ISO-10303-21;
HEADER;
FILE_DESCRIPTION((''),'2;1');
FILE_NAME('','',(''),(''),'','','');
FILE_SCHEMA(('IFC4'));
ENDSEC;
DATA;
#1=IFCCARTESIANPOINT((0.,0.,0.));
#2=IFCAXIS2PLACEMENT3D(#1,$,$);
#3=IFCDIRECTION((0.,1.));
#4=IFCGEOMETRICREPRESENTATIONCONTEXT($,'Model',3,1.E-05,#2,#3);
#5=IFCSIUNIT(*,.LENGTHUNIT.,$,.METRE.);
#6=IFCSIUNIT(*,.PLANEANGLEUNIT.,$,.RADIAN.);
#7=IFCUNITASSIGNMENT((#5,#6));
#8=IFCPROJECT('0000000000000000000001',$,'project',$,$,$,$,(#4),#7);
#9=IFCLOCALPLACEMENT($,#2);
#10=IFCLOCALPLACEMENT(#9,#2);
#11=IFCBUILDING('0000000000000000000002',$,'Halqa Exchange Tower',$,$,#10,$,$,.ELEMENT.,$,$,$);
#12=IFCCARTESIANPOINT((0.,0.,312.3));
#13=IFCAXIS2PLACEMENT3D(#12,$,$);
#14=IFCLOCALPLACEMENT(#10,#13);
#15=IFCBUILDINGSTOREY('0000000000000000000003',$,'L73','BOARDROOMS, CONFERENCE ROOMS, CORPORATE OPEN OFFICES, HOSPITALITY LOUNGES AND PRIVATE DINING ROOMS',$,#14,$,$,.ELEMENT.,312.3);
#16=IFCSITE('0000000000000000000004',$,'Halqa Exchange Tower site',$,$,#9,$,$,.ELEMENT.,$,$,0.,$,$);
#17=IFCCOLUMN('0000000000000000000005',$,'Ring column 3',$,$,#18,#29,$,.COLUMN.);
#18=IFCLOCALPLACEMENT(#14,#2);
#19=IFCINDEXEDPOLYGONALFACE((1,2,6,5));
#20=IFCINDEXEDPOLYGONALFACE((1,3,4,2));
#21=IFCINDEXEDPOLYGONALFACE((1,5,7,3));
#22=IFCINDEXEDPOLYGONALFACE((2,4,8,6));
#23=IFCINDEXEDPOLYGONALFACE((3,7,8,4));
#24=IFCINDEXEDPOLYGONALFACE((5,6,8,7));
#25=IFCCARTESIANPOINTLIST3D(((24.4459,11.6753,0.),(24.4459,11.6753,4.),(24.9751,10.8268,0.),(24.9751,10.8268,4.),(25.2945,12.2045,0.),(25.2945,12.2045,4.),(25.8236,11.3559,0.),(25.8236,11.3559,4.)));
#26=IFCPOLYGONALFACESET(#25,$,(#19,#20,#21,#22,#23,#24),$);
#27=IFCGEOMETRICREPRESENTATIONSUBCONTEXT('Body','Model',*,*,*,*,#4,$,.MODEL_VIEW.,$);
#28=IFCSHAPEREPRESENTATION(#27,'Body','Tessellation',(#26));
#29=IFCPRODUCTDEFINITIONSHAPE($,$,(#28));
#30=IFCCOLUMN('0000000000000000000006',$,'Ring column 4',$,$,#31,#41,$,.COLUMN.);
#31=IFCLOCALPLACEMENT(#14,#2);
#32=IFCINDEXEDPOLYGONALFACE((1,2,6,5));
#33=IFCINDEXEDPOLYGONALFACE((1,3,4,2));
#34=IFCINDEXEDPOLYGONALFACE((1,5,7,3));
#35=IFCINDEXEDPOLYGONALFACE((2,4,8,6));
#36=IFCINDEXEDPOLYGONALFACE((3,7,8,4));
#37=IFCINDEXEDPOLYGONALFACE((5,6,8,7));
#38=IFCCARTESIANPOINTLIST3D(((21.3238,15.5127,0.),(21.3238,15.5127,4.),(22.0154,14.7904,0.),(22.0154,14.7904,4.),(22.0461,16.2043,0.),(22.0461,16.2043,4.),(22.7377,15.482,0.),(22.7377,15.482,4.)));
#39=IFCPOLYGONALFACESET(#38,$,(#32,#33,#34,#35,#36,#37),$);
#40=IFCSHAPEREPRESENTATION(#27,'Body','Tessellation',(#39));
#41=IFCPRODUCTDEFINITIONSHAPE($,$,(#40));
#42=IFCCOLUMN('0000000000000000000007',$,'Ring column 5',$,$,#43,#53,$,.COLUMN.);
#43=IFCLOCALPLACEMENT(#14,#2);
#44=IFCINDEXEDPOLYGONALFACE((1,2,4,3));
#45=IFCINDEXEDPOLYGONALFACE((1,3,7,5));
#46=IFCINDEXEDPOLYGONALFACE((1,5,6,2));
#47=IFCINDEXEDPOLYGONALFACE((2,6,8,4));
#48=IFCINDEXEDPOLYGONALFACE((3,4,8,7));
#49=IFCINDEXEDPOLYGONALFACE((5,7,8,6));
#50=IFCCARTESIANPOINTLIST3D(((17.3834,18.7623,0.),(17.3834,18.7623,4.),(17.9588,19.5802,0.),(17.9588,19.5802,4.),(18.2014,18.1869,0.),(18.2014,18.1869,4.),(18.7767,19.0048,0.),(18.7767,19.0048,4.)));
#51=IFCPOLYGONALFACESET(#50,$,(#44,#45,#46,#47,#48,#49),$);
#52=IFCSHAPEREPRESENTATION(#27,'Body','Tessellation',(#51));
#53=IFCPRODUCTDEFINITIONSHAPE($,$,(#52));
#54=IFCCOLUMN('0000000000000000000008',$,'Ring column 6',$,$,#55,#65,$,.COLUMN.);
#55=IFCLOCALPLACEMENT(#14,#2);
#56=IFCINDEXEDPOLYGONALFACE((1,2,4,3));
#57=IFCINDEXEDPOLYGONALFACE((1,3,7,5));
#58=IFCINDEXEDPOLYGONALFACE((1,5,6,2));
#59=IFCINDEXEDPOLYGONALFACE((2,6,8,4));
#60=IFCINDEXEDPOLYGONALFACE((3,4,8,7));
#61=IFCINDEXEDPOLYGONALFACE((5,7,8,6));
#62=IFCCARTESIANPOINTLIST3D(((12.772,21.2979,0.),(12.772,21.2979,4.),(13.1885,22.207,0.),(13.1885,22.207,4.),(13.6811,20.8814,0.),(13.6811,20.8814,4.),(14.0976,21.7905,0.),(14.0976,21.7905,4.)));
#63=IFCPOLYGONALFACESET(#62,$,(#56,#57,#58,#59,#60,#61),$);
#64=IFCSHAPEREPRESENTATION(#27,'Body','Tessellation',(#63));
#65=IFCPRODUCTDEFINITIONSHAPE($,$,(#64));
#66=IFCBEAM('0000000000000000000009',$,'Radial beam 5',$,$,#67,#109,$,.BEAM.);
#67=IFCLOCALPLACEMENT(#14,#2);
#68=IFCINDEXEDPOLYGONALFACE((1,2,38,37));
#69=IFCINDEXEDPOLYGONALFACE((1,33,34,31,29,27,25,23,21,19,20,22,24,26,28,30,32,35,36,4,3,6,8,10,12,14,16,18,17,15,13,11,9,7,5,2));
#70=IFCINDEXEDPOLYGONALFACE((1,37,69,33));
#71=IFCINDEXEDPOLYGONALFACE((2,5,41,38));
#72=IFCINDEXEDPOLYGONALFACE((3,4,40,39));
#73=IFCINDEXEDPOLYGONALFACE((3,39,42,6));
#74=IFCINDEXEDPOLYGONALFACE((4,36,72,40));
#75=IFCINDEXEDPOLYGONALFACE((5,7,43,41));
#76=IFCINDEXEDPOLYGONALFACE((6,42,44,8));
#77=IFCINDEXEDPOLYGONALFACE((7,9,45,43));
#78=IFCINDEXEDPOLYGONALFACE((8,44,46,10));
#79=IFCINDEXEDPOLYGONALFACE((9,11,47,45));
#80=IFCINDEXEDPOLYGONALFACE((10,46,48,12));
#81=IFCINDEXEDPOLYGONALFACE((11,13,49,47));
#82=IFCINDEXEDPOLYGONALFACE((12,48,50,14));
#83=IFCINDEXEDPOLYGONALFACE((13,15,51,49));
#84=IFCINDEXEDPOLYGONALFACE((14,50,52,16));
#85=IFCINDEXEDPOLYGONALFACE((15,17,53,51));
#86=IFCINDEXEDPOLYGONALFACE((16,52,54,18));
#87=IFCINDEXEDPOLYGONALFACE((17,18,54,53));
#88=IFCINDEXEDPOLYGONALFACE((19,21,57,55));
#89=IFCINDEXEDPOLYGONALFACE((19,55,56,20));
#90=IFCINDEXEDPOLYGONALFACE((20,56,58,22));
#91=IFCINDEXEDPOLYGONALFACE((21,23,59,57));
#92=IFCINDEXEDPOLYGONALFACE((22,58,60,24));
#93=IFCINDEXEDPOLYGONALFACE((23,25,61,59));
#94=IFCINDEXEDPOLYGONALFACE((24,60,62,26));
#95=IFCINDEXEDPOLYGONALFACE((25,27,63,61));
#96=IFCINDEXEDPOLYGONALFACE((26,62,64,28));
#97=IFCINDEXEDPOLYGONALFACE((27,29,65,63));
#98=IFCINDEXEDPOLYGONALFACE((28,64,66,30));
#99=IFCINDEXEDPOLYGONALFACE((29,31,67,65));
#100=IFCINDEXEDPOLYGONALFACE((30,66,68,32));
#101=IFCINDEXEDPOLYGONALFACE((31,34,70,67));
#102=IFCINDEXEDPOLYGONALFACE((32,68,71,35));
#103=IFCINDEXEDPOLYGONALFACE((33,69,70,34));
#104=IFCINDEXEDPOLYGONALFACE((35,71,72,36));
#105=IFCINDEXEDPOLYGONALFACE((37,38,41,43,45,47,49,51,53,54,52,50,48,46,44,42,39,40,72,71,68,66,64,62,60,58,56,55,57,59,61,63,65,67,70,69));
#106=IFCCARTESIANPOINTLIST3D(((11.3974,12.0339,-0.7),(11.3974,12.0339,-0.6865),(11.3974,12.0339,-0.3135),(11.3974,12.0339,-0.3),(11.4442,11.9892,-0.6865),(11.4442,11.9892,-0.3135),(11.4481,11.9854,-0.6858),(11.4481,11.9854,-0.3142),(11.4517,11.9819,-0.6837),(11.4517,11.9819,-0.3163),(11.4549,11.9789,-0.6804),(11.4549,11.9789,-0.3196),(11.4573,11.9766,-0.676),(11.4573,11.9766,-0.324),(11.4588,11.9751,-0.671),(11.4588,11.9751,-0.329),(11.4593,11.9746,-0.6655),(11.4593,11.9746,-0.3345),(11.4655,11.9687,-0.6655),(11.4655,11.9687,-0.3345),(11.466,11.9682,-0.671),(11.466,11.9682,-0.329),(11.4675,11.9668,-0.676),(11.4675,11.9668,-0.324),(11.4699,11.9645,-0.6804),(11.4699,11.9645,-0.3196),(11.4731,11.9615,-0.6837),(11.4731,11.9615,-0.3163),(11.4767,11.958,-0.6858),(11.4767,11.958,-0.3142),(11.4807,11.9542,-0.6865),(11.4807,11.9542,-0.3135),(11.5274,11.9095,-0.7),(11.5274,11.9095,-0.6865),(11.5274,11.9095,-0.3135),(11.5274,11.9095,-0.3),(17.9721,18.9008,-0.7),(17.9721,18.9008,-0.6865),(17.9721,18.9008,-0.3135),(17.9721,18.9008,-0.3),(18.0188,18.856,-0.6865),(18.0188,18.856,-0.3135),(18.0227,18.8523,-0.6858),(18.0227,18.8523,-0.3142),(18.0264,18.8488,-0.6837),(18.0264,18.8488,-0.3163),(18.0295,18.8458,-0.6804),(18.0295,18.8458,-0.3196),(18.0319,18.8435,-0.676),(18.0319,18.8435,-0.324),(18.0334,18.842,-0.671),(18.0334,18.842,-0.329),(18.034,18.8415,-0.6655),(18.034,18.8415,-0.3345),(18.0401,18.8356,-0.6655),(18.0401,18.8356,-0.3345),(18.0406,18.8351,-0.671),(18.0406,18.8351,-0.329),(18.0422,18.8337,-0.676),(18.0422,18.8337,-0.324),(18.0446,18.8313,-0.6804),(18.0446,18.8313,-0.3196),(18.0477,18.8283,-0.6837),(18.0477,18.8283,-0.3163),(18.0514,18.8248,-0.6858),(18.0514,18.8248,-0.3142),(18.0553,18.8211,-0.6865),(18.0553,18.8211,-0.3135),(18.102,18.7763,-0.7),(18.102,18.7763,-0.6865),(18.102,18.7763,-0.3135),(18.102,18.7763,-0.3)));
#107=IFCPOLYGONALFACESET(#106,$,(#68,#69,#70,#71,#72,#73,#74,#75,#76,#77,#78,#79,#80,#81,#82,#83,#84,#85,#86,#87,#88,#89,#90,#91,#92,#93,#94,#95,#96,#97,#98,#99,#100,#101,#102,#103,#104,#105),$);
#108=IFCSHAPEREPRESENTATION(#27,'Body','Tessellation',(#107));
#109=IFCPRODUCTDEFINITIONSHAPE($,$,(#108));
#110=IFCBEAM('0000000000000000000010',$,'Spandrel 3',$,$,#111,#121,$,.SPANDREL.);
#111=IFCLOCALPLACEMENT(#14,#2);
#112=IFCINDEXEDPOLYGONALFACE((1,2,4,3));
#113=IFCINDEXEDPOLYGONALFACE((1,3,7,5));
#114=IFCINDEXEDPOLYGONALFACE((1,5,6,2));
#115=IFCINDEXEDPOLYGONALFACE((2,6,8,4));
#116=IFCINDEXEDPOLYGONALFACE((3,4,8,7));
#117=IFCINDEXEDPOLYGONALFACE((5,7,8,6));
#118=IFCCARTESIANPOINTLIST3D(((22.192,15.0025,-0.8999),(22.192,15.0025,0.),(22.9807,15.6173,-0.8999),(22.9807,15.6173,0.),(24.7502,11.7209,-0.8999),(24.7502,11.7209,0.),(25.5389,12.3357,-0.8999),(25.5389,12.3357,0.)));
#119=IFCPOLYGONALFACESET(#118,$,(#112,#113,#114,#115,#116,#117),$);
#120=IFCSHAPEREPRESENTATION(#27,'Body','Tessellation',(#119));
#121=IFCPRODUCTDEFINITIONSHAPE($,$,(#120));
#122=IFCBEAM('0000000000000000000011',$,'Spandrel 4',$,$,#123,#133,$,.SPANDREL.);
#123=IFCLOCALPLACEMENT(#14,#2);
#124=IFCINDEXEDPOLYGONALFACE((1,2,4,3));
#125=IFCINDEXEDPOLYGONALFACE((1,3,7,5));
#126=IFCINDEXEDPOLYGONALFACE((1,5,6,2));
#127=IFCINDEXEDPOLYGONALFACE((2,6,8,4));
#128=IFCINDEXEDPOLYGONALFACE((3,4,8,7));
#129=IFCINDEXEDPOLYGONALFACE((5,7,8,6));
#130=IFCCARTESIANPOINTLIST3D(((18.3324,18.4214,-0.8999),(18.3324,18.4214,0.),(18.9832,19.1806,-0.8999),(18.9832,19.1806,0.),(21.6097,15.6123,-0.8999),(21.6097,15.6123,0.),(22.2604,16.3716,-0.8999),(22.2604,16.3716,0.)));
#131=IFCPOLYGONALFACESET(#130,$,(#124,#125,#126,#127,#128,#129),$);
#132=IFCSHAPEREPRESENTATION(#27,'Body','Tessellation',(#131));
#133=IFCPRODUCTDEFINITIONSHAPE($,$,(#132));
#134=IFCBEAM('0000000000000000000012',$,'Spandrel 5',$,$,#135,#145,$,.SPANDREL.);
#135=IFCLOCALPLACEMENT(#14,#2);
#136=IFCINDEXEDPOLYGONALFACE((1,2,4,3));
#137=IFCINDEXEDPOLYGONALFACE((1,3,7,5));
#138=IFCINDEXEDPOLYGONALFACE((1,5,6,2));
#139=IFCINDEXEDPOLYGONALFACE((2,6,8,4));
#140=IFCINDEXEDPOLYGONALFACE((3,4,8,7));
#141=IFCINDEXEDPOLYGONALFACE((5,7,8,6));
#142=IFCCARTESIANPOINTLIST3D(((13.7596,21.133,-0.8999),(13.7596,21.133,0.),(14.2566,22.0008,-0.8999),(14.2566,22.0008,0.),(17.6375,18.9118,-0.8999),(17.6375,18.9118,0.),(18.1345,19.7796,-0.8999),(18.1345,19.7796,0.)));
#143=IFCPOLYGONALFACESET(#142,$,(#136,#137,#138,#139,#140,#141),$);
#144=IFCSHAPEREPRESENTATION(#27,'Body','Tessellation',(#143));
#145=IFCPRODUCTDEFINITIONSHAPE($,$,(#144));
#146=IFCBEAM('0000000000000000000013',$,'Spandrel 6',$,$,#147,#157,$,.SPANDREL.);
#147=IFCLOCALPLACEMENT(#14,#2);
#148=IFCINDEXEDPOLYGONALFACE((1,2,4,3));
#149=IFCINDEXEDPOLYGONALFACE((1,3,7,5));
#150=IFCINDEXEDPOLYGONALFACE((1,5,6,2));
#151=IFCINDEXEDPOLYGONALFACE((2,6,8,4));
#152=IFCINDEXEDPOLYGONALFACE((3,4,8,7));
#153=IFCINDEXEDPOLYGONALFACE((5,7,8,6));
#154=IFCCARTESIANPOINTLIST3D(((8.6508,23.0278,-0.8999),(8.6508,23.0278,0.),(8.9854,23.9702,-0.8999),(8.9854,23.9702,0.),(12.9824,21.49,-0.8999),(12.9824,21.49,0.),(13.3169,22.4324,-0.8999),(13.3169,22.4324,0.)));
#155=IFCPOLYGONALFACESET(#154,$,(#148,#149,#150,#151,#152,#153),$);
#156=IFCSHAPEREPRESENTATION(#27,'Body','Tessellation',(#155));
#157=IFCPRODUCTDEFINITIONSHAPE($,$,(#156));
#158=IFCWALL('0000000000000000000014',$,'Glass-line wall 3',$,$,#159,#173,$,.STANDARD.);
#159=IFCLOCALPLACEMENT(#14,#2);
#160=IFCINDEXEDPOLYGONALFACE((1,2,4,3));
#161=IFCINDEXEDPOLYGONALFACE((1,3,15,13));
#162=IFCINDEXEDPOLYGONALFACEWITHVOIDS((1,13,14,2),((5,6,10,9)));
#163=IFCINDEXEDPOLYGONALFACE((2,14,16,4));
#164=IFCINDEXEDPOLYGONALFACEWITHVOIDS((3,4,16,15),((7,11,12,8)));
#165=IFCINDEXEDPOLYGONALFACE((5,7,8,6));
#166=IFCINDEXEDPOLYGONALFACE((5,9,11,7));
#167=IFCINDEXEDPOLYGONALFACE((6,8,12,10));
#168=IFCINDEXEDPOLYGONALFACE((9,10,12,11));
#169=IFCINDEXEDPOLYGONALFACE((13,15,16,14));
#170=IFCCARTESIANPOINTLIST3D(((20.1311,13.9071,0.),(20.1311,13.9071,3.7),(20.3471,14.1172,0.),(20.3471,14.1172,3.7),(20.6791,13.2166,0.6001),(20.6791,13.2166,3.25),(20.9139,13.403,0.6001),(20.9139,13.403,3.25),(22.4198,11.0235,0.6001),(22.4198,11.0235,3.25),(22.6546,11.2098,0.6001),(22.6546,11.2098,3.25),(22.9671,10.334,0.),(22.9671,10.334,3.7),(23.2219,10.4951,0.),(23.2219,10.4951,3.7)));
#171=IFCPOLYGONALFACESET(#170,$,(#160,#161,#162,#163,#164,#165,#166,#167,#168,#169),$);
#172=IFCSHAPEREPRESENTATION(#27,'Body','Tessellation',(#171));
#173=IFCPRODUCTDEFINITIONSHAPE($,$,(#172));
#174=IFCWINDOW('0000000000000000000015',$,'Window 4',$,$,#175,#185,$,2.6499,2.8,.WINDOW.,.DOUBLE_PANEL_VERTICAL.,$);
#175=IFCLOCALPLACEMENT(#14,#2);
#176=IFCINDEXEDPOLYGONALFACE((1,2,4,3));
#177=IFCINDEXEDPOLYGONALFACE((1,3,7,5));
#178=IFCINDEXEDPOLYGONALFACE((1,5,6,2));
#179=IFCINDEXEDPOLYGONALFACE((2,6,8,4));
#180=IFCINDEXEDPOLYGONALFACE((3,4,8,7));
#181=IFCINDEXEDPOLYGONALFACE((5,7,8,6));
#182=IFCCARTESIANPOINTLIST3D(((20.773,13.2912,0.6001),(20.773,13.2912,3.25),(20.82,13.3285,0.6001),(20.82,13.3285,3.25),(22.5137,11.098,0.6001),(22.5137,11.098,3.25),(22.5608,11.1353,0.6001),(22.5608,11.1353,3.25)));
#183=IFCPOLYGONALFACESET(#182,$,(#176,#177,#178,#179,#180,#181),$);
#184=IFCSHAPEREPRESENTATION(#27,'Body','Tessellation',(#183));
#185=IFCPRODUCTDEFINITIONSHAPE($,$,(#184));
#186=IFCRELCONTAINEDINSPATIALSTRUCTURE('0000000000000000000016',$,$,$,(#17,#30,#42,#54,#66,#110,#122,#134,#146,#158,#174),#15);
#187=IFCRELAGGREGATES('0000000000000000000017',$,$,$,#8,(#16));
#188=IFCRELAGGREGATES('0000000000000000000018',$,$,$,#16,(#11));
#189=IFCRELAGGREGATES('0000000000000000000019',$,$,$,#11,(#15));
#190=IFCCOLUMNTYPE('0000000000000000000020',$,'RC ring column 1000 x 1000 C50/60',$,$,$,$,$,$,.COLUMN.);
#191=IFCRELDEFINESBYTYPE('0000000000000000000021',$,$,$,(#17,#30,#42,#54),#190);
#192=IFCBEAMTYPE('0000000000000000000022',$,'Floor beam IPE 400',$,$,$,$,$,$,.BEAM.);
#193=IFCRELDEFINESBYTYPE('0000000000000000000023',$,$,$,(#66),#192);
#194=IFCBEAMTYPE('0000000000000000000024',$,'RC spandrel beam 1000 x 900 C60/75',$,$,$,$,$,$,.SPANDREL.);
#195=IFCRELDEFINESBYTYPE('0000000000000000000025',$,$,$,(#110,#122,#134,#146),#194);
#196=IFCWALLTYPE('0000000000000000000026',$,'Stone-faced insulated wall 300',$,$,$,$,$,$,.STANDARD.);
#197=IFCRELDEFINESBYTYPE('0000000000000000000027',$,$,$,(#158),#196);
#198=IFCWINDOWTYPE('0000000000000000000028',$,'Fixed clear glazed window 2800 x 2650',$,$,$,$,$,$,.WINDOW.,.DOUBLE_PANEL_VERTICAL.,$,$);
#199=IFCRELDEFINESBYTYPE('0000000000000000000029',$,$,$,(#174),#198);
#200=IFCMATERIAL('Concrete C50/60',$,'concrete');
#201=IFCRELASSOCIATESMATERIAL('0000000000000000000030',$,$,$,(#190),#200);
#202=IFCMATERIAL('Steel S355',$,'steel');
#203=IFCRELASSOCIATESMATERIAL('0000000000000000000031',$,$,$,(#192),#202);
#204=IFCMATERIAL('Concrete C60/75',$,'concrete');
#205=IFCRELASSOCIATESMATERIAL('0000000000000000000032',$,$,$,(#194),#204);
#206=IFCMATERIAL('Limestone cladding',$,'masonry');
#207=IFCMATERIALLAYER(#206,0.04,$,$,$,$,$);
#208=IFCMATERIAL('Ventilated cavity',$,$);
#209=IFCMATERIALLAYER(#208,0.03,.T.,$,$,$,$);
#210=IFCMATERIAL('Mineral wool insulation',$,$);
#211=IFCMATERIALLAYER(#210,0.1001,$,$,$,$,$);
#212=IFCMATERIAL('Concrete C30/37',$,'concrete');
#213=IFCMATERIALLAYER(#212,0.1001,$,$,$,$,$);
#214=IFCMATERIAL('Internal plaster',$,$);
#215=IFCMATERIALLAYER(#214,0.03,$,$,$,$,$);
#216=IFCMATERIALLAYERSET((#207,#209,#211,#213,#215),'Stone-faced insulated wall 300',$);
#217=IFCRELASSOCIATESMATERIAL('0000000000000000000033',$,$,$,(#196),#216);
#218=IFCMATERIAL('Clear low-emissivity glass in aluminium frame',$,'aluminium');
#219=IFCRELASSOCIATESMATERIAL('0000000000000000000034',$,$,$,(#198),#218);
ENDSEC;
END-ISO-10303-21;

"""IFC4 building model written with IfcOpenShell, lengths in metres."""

from ifc_helpers import new_model, si_unit, direction, frame, frame_2d, origin, origin_2d, place, context, subcontext, project, spatial, polyline, rectangle, i_section, outline, extrude, material, layer, layer_set, material_profile, profile_set, type_object, element, fill, save


model = new_model("IFC4")

# Units and contexts
model_context = context("Model", 3, precision=1e-05, world=origin(), true_north=direction((0.0, 1.0)))
body_context = subcontext(model_context, "Body", "Model", "MODEL_VIEW")
ifc_project = project(units=[si_unit("LENGTHUNIT", "METRE"), si_unit("PLANEANGLEUNIT", "RADIAN")], contexts=[model_context])

# Site, building, storey
site_placement = place(None, origin())
site = spatial("IfcSite", under=ifc_project, at=site_placement, Name="Halqa Exchange Tower site", CompositionType="ELEMENT", RefElevation=0.0)
building_placement = place(site_placement, origin())
building = spatial("IfcBuilding", under=site, at=building_placement, Name="Halqa Exchange Tower", CompositionType="ELEMENT")
storey_placement = place(building_placement, frame((0.0, 0.0, 312.3)))
storey = spatial("IfcBuildingStorey", under=building, at=storey_placement, Name="L73", Description="BOARDROOMS, CONFERENCE ROOMS, CORPORATE OPEN OFFICES, HOSPITALITY LOUNGES AND PRIVATE DINING ROOMS", CompositionType="ELEMENT", Elevation=312.3)

# Columns
ifc_material_1 = material(Name="Concrete C50/60", Category="concrete")
ifc_material_profile_1 = material_profile(ifc_material_1, rectangle(XDim=1.0, YDim=1.0, at=origin_2d()), Name="1000 x 1000")
ifc_profile_set_1 = profile_set([ifc_material_profile_1], Name="Concrete C50/60")
column_type = type_object("IfcColumnType", Name="RC ring column 1000 x 1000 C50/60", PredefinedType="COLUMN", material=ifc_profile_set_1)
for number, where, z_axis, x_axis, name in (
    (1, (25.1348, 11.5156, 0.0), (0.0, 0.0, 1.0), (-0.52914, 0.848534, 0.0), "Ring column 3"),
    (2, (22.0308, 15.4973, 0.0), (0.0, 0.0, 1.0), (-0.691579, 0.722301, 0.0), "Ring column 4"),
    (3, (18.0801, 18.8835, 0.0), (0.0, 0.0, 1.0), (-0.817907, 0.575351, 0.0), "Ring column 5"),
    (4, (13.4348, 21.5442, 0.0), (0.0, 0.0, 1.0), (-0.909129, 0.416516, 0.0), "Ring column 6"),
):
    element("IfcColumn", number, at=place(storey_placement, frame(where, z_axis=z_axis, x_axis=x_axis)), inside=storey, type_object=column_type, Name=name, PredefinedType="COLUMN", context=body_context, shape_type="SweptSolid", body=[
        extrude(rectangle(XDim=1.0, YDim=1.0, at=origin_2d()), origin(), (0.0, 0.0, 1.0), 4.0),
    ])

# Beams
ifc_material_2 = material(Name="Steel S355", Category="steel")
ifc_material_profile_2 = material_profile(ifc_material_2, i_section(OverallWidth=0.1799, OverallDepth=0.3999, WebThickness=0.0085, FlangeThickness=0.0134, FilletRadius=0.021, at=origin_2d()), Name="IPE 400")
ifc_profile_set_2 = profile_set([ifc_material_profile_2], Name="Steel S355")
beam_type_1 = type_object("IfcBeamType", Name="Floor beam IPE 400", PredefinedType="BEAM", material=ifc_profile_set_2)
beam_1_placement = place(storey_placement, frame((11.4624, 11.9717, -0.5), z_axis=(0.69157, 0.722309, 0.0), x_axis=(-0.722309, 0.69157, 0.0)))
element("IfcBeam", 5, at=beam_1_placement, inside=storey, type_object=beam_type_1, Name="Radial beam 5", PredefinedType="BEAM", context=body_context, shape_type="SweptSolid", body=[
    extrude(i_section(OverallWidth=0.1799, OverallDepth=0.3999, WebThickness=0.0085, FlangeThickness=0.0134, FilletRadius=0.021, at=origin_2d()), origin(), (0.0, 0.0, 1.0), 9.5068),
])
ifc_material_3 = material(Name="Concrete C60/75", Category="concrete")
ifc_material_profile_3 = material_profile(ifc_material_3, rectangle(XDim=1.0, YDim=0.8999, at=origin_2d()), Name="1000 x 900")
ifc_profile_set_3 = profile_set([ifc_material_profile_3], Name="Concrete C60/75")
beam_type_2 = type_object("IfcBeamType", Name="RC spandrel beam 1000 x 900 C60/75", PredefinedType="SPANDREL", material=ifc_profile_set_3)
beam_2_placement = place(storey_placement, frame((25.1445, 12.0283, -0.45), z_axis=(-0.614814, 0.788672, 0.0), x_axis=(-0.788672, -0.614814, 0.0)))
element("IfcBeam", 6, at=beam_2_placement, inside=storey, type_object=beam_type_2, Name="Spandrel 3", PredefinedType="SPANDREL", context=body_context, shape_type="SweptSolid", body=[
    extrude(rectangle(XDim=1.0, YDim=0.8999, at=origin_2d()), origin(), (0.0, 0.0, 1.0), 4.1609),
])
beam_3_placement = place(storey_placement, frame((21.9351, 15.9919, -0.45), z_axis=(-0.759265, 0.650782, 0.0), x_axis=(-0.650782, -0.759265, 0.0)))
element("IfcBeam", 7, at=beam_3_placement, inside=storey, type_object=beam_type_2, Name="Spandrel 4", PredefinedType="SPANDREL", context=body_context, shape_type="SweptSolid", body=[
    extrude(rectangle(XDim=1.0, YDim=0.8999, at=origin_2d()), origin(), (0.0, 0.0, 1.0), 4.3164),
])
beam_4_placement = place(storey_placement, frame((17.886, 19.3457, -0.45), z_axis=(-0.867738, 0.497021, 0.0), x_axis=(-0.497021, -0.867738, 0.0)))
element("IfcBeam", 8, at=beam_4_placement, inside=storey, type_object=beam_type_2, Name="Spandrel 5", PredefinedType="SPANDREL", context=body_context, shape_type="SweptSolid", body=[
    extrude(rectangle(XDim=1.0, YDim=0.8999, at=origin_2d()), origin(), (0.0, 0.0, 1.0), 4.469),
])
beam_5_placement = place(storey_placement, frame((13.1497, 21.9612, -0.45), z_axis=(-0.94237, 0.334573, 0.0), x_axis=(-0.334573, -0.94237, 0.0)))
element("IfcBeam", 9, at=beam_5_placement, inside=storey, type_object=beam_type_2, Name="Spandrel 6", PredefinedType="SPANDREL", context=body_context, shape_type="SweptSolid", body=[
    extrude(rectangle(XDim=1.0, YDim=0.8999, at=origin_2d()), origin(), (0.0, 0.0, 1.0), 4.5964),
])

# Wall, opening, window
ifc_material_4 = material(Name="Limestone cladding", Category="masonry")
ifc_layer_1 = layer(ifc_material_4, 0.04)
ifc_material_5 = material(Name="Ventilated cavity")
ifc_layer_2 = layer(ifc_material_5, 0.03, ventilated=True)
ifc_material_6 = material(Name="Mineral wool insulation")
ifc_layer_3 = layer(ifc_material_6, 0.1001)
ifc_material_7 = material(Name="Concrete C30/37", Category="concrete")
ifc_layer_4 = layer(ifc_material_7, 0.1001)
ifc_material_8 = material(Name="Internal plaster")
ifc_layer_5 = layer(ifc_material_8, 0.03)
ifc_layer_set = layer_set([ifc_layer_1, ifc_layer_2, ifc_layer_3, ifc_layer_4, ifc_layer_5], Name="Stone-faced insulated wall 300")
wall_type = type_object("IfcWallType", Name="Stone-faced insulated wall 300", PredefinedType="STANDARD", material=ifc_layer_set)
wall_1_placement = place(storey_placement, frame((23.0945, 10.4146, 0.0), z_axis=(0.0, 0.0, 1.0), x_axis=(-0.621683, 0.783269, 0.0)))
wall_1 = element("IfcWall", 10, at=wall_1_placement, inside=storey, type_object=wall_type, Name="Glass-line wall 3", PredefinedType="STANDARD", context=body_context, shape_type="SweptSolid", body=[
    extrude(outline(polyline([(-0.0161, -0.1499), (4.6082, -0.1499), (4.5779, 0.1499), (0.0161, 0.1499), (-0.0161, -0.1499)])), origin(), (0.0, 0.0, 1.0), 3.7),
])
opening_1_placement = place(wall_1_placement, frame((0.8965, 0.0, 0.6001)))
opening_1 = element("IfcOpeningElement", 11, at=opening_1_placement, cuts=wall_1, PredefinedType="OPENING", context=body_context, shape_type="SweptSolid", body=[
    extrude(rectangle(XDim=2.8, YDim=2.6499, at=frame_2d((1.3999, 1.325))), frame((0.0, 0.1621, 0.0), z_axis=(0.0, -1.0, 0.0), x_axis=(1.0, 0.0, 0.0)), (0.0, 0.0, 1.0), 0.324),
])
ifc_material_9 = material(Name="Clear low-emissivity glass in aluminium frame", Category="aluminium")
window_type = type_object("IfcWindowType", Name="Fixed clear glazed window 2800 x 2650", PartitioningType="DOUBLE_PANEL_VERTICAL", PredefinedType="WINDOW", material=ifc_material_9)
window_1_placement = place(opening_1_placement, origin())
window_1 = element("IfcWindow", 12, at=window_1_placement, inside=storey, type_object=window_type, Name="Window 4", OverallHeight=2.6499, OverallWidth=2.8, PartitioningType="DOUBLE_PANEL_VERTICAL", PredefinedType="WINDOW", context=body_context, shape_type="SweptSolid", body=[
    extrude(rectangle(XDim=2.8, YDim=2.6499, at=frame_2d((1.3999, 1.325))), frame((0.0, 0.03, 0.0), z_axis=(0.0, -1.0, 0.0), x_axis=(1.0, 0.0, 0.0)), (0.0, 0.0, 1.0), 0.0601),
])
fill(opening_1, window_1)

save(model, "model.ifc")
